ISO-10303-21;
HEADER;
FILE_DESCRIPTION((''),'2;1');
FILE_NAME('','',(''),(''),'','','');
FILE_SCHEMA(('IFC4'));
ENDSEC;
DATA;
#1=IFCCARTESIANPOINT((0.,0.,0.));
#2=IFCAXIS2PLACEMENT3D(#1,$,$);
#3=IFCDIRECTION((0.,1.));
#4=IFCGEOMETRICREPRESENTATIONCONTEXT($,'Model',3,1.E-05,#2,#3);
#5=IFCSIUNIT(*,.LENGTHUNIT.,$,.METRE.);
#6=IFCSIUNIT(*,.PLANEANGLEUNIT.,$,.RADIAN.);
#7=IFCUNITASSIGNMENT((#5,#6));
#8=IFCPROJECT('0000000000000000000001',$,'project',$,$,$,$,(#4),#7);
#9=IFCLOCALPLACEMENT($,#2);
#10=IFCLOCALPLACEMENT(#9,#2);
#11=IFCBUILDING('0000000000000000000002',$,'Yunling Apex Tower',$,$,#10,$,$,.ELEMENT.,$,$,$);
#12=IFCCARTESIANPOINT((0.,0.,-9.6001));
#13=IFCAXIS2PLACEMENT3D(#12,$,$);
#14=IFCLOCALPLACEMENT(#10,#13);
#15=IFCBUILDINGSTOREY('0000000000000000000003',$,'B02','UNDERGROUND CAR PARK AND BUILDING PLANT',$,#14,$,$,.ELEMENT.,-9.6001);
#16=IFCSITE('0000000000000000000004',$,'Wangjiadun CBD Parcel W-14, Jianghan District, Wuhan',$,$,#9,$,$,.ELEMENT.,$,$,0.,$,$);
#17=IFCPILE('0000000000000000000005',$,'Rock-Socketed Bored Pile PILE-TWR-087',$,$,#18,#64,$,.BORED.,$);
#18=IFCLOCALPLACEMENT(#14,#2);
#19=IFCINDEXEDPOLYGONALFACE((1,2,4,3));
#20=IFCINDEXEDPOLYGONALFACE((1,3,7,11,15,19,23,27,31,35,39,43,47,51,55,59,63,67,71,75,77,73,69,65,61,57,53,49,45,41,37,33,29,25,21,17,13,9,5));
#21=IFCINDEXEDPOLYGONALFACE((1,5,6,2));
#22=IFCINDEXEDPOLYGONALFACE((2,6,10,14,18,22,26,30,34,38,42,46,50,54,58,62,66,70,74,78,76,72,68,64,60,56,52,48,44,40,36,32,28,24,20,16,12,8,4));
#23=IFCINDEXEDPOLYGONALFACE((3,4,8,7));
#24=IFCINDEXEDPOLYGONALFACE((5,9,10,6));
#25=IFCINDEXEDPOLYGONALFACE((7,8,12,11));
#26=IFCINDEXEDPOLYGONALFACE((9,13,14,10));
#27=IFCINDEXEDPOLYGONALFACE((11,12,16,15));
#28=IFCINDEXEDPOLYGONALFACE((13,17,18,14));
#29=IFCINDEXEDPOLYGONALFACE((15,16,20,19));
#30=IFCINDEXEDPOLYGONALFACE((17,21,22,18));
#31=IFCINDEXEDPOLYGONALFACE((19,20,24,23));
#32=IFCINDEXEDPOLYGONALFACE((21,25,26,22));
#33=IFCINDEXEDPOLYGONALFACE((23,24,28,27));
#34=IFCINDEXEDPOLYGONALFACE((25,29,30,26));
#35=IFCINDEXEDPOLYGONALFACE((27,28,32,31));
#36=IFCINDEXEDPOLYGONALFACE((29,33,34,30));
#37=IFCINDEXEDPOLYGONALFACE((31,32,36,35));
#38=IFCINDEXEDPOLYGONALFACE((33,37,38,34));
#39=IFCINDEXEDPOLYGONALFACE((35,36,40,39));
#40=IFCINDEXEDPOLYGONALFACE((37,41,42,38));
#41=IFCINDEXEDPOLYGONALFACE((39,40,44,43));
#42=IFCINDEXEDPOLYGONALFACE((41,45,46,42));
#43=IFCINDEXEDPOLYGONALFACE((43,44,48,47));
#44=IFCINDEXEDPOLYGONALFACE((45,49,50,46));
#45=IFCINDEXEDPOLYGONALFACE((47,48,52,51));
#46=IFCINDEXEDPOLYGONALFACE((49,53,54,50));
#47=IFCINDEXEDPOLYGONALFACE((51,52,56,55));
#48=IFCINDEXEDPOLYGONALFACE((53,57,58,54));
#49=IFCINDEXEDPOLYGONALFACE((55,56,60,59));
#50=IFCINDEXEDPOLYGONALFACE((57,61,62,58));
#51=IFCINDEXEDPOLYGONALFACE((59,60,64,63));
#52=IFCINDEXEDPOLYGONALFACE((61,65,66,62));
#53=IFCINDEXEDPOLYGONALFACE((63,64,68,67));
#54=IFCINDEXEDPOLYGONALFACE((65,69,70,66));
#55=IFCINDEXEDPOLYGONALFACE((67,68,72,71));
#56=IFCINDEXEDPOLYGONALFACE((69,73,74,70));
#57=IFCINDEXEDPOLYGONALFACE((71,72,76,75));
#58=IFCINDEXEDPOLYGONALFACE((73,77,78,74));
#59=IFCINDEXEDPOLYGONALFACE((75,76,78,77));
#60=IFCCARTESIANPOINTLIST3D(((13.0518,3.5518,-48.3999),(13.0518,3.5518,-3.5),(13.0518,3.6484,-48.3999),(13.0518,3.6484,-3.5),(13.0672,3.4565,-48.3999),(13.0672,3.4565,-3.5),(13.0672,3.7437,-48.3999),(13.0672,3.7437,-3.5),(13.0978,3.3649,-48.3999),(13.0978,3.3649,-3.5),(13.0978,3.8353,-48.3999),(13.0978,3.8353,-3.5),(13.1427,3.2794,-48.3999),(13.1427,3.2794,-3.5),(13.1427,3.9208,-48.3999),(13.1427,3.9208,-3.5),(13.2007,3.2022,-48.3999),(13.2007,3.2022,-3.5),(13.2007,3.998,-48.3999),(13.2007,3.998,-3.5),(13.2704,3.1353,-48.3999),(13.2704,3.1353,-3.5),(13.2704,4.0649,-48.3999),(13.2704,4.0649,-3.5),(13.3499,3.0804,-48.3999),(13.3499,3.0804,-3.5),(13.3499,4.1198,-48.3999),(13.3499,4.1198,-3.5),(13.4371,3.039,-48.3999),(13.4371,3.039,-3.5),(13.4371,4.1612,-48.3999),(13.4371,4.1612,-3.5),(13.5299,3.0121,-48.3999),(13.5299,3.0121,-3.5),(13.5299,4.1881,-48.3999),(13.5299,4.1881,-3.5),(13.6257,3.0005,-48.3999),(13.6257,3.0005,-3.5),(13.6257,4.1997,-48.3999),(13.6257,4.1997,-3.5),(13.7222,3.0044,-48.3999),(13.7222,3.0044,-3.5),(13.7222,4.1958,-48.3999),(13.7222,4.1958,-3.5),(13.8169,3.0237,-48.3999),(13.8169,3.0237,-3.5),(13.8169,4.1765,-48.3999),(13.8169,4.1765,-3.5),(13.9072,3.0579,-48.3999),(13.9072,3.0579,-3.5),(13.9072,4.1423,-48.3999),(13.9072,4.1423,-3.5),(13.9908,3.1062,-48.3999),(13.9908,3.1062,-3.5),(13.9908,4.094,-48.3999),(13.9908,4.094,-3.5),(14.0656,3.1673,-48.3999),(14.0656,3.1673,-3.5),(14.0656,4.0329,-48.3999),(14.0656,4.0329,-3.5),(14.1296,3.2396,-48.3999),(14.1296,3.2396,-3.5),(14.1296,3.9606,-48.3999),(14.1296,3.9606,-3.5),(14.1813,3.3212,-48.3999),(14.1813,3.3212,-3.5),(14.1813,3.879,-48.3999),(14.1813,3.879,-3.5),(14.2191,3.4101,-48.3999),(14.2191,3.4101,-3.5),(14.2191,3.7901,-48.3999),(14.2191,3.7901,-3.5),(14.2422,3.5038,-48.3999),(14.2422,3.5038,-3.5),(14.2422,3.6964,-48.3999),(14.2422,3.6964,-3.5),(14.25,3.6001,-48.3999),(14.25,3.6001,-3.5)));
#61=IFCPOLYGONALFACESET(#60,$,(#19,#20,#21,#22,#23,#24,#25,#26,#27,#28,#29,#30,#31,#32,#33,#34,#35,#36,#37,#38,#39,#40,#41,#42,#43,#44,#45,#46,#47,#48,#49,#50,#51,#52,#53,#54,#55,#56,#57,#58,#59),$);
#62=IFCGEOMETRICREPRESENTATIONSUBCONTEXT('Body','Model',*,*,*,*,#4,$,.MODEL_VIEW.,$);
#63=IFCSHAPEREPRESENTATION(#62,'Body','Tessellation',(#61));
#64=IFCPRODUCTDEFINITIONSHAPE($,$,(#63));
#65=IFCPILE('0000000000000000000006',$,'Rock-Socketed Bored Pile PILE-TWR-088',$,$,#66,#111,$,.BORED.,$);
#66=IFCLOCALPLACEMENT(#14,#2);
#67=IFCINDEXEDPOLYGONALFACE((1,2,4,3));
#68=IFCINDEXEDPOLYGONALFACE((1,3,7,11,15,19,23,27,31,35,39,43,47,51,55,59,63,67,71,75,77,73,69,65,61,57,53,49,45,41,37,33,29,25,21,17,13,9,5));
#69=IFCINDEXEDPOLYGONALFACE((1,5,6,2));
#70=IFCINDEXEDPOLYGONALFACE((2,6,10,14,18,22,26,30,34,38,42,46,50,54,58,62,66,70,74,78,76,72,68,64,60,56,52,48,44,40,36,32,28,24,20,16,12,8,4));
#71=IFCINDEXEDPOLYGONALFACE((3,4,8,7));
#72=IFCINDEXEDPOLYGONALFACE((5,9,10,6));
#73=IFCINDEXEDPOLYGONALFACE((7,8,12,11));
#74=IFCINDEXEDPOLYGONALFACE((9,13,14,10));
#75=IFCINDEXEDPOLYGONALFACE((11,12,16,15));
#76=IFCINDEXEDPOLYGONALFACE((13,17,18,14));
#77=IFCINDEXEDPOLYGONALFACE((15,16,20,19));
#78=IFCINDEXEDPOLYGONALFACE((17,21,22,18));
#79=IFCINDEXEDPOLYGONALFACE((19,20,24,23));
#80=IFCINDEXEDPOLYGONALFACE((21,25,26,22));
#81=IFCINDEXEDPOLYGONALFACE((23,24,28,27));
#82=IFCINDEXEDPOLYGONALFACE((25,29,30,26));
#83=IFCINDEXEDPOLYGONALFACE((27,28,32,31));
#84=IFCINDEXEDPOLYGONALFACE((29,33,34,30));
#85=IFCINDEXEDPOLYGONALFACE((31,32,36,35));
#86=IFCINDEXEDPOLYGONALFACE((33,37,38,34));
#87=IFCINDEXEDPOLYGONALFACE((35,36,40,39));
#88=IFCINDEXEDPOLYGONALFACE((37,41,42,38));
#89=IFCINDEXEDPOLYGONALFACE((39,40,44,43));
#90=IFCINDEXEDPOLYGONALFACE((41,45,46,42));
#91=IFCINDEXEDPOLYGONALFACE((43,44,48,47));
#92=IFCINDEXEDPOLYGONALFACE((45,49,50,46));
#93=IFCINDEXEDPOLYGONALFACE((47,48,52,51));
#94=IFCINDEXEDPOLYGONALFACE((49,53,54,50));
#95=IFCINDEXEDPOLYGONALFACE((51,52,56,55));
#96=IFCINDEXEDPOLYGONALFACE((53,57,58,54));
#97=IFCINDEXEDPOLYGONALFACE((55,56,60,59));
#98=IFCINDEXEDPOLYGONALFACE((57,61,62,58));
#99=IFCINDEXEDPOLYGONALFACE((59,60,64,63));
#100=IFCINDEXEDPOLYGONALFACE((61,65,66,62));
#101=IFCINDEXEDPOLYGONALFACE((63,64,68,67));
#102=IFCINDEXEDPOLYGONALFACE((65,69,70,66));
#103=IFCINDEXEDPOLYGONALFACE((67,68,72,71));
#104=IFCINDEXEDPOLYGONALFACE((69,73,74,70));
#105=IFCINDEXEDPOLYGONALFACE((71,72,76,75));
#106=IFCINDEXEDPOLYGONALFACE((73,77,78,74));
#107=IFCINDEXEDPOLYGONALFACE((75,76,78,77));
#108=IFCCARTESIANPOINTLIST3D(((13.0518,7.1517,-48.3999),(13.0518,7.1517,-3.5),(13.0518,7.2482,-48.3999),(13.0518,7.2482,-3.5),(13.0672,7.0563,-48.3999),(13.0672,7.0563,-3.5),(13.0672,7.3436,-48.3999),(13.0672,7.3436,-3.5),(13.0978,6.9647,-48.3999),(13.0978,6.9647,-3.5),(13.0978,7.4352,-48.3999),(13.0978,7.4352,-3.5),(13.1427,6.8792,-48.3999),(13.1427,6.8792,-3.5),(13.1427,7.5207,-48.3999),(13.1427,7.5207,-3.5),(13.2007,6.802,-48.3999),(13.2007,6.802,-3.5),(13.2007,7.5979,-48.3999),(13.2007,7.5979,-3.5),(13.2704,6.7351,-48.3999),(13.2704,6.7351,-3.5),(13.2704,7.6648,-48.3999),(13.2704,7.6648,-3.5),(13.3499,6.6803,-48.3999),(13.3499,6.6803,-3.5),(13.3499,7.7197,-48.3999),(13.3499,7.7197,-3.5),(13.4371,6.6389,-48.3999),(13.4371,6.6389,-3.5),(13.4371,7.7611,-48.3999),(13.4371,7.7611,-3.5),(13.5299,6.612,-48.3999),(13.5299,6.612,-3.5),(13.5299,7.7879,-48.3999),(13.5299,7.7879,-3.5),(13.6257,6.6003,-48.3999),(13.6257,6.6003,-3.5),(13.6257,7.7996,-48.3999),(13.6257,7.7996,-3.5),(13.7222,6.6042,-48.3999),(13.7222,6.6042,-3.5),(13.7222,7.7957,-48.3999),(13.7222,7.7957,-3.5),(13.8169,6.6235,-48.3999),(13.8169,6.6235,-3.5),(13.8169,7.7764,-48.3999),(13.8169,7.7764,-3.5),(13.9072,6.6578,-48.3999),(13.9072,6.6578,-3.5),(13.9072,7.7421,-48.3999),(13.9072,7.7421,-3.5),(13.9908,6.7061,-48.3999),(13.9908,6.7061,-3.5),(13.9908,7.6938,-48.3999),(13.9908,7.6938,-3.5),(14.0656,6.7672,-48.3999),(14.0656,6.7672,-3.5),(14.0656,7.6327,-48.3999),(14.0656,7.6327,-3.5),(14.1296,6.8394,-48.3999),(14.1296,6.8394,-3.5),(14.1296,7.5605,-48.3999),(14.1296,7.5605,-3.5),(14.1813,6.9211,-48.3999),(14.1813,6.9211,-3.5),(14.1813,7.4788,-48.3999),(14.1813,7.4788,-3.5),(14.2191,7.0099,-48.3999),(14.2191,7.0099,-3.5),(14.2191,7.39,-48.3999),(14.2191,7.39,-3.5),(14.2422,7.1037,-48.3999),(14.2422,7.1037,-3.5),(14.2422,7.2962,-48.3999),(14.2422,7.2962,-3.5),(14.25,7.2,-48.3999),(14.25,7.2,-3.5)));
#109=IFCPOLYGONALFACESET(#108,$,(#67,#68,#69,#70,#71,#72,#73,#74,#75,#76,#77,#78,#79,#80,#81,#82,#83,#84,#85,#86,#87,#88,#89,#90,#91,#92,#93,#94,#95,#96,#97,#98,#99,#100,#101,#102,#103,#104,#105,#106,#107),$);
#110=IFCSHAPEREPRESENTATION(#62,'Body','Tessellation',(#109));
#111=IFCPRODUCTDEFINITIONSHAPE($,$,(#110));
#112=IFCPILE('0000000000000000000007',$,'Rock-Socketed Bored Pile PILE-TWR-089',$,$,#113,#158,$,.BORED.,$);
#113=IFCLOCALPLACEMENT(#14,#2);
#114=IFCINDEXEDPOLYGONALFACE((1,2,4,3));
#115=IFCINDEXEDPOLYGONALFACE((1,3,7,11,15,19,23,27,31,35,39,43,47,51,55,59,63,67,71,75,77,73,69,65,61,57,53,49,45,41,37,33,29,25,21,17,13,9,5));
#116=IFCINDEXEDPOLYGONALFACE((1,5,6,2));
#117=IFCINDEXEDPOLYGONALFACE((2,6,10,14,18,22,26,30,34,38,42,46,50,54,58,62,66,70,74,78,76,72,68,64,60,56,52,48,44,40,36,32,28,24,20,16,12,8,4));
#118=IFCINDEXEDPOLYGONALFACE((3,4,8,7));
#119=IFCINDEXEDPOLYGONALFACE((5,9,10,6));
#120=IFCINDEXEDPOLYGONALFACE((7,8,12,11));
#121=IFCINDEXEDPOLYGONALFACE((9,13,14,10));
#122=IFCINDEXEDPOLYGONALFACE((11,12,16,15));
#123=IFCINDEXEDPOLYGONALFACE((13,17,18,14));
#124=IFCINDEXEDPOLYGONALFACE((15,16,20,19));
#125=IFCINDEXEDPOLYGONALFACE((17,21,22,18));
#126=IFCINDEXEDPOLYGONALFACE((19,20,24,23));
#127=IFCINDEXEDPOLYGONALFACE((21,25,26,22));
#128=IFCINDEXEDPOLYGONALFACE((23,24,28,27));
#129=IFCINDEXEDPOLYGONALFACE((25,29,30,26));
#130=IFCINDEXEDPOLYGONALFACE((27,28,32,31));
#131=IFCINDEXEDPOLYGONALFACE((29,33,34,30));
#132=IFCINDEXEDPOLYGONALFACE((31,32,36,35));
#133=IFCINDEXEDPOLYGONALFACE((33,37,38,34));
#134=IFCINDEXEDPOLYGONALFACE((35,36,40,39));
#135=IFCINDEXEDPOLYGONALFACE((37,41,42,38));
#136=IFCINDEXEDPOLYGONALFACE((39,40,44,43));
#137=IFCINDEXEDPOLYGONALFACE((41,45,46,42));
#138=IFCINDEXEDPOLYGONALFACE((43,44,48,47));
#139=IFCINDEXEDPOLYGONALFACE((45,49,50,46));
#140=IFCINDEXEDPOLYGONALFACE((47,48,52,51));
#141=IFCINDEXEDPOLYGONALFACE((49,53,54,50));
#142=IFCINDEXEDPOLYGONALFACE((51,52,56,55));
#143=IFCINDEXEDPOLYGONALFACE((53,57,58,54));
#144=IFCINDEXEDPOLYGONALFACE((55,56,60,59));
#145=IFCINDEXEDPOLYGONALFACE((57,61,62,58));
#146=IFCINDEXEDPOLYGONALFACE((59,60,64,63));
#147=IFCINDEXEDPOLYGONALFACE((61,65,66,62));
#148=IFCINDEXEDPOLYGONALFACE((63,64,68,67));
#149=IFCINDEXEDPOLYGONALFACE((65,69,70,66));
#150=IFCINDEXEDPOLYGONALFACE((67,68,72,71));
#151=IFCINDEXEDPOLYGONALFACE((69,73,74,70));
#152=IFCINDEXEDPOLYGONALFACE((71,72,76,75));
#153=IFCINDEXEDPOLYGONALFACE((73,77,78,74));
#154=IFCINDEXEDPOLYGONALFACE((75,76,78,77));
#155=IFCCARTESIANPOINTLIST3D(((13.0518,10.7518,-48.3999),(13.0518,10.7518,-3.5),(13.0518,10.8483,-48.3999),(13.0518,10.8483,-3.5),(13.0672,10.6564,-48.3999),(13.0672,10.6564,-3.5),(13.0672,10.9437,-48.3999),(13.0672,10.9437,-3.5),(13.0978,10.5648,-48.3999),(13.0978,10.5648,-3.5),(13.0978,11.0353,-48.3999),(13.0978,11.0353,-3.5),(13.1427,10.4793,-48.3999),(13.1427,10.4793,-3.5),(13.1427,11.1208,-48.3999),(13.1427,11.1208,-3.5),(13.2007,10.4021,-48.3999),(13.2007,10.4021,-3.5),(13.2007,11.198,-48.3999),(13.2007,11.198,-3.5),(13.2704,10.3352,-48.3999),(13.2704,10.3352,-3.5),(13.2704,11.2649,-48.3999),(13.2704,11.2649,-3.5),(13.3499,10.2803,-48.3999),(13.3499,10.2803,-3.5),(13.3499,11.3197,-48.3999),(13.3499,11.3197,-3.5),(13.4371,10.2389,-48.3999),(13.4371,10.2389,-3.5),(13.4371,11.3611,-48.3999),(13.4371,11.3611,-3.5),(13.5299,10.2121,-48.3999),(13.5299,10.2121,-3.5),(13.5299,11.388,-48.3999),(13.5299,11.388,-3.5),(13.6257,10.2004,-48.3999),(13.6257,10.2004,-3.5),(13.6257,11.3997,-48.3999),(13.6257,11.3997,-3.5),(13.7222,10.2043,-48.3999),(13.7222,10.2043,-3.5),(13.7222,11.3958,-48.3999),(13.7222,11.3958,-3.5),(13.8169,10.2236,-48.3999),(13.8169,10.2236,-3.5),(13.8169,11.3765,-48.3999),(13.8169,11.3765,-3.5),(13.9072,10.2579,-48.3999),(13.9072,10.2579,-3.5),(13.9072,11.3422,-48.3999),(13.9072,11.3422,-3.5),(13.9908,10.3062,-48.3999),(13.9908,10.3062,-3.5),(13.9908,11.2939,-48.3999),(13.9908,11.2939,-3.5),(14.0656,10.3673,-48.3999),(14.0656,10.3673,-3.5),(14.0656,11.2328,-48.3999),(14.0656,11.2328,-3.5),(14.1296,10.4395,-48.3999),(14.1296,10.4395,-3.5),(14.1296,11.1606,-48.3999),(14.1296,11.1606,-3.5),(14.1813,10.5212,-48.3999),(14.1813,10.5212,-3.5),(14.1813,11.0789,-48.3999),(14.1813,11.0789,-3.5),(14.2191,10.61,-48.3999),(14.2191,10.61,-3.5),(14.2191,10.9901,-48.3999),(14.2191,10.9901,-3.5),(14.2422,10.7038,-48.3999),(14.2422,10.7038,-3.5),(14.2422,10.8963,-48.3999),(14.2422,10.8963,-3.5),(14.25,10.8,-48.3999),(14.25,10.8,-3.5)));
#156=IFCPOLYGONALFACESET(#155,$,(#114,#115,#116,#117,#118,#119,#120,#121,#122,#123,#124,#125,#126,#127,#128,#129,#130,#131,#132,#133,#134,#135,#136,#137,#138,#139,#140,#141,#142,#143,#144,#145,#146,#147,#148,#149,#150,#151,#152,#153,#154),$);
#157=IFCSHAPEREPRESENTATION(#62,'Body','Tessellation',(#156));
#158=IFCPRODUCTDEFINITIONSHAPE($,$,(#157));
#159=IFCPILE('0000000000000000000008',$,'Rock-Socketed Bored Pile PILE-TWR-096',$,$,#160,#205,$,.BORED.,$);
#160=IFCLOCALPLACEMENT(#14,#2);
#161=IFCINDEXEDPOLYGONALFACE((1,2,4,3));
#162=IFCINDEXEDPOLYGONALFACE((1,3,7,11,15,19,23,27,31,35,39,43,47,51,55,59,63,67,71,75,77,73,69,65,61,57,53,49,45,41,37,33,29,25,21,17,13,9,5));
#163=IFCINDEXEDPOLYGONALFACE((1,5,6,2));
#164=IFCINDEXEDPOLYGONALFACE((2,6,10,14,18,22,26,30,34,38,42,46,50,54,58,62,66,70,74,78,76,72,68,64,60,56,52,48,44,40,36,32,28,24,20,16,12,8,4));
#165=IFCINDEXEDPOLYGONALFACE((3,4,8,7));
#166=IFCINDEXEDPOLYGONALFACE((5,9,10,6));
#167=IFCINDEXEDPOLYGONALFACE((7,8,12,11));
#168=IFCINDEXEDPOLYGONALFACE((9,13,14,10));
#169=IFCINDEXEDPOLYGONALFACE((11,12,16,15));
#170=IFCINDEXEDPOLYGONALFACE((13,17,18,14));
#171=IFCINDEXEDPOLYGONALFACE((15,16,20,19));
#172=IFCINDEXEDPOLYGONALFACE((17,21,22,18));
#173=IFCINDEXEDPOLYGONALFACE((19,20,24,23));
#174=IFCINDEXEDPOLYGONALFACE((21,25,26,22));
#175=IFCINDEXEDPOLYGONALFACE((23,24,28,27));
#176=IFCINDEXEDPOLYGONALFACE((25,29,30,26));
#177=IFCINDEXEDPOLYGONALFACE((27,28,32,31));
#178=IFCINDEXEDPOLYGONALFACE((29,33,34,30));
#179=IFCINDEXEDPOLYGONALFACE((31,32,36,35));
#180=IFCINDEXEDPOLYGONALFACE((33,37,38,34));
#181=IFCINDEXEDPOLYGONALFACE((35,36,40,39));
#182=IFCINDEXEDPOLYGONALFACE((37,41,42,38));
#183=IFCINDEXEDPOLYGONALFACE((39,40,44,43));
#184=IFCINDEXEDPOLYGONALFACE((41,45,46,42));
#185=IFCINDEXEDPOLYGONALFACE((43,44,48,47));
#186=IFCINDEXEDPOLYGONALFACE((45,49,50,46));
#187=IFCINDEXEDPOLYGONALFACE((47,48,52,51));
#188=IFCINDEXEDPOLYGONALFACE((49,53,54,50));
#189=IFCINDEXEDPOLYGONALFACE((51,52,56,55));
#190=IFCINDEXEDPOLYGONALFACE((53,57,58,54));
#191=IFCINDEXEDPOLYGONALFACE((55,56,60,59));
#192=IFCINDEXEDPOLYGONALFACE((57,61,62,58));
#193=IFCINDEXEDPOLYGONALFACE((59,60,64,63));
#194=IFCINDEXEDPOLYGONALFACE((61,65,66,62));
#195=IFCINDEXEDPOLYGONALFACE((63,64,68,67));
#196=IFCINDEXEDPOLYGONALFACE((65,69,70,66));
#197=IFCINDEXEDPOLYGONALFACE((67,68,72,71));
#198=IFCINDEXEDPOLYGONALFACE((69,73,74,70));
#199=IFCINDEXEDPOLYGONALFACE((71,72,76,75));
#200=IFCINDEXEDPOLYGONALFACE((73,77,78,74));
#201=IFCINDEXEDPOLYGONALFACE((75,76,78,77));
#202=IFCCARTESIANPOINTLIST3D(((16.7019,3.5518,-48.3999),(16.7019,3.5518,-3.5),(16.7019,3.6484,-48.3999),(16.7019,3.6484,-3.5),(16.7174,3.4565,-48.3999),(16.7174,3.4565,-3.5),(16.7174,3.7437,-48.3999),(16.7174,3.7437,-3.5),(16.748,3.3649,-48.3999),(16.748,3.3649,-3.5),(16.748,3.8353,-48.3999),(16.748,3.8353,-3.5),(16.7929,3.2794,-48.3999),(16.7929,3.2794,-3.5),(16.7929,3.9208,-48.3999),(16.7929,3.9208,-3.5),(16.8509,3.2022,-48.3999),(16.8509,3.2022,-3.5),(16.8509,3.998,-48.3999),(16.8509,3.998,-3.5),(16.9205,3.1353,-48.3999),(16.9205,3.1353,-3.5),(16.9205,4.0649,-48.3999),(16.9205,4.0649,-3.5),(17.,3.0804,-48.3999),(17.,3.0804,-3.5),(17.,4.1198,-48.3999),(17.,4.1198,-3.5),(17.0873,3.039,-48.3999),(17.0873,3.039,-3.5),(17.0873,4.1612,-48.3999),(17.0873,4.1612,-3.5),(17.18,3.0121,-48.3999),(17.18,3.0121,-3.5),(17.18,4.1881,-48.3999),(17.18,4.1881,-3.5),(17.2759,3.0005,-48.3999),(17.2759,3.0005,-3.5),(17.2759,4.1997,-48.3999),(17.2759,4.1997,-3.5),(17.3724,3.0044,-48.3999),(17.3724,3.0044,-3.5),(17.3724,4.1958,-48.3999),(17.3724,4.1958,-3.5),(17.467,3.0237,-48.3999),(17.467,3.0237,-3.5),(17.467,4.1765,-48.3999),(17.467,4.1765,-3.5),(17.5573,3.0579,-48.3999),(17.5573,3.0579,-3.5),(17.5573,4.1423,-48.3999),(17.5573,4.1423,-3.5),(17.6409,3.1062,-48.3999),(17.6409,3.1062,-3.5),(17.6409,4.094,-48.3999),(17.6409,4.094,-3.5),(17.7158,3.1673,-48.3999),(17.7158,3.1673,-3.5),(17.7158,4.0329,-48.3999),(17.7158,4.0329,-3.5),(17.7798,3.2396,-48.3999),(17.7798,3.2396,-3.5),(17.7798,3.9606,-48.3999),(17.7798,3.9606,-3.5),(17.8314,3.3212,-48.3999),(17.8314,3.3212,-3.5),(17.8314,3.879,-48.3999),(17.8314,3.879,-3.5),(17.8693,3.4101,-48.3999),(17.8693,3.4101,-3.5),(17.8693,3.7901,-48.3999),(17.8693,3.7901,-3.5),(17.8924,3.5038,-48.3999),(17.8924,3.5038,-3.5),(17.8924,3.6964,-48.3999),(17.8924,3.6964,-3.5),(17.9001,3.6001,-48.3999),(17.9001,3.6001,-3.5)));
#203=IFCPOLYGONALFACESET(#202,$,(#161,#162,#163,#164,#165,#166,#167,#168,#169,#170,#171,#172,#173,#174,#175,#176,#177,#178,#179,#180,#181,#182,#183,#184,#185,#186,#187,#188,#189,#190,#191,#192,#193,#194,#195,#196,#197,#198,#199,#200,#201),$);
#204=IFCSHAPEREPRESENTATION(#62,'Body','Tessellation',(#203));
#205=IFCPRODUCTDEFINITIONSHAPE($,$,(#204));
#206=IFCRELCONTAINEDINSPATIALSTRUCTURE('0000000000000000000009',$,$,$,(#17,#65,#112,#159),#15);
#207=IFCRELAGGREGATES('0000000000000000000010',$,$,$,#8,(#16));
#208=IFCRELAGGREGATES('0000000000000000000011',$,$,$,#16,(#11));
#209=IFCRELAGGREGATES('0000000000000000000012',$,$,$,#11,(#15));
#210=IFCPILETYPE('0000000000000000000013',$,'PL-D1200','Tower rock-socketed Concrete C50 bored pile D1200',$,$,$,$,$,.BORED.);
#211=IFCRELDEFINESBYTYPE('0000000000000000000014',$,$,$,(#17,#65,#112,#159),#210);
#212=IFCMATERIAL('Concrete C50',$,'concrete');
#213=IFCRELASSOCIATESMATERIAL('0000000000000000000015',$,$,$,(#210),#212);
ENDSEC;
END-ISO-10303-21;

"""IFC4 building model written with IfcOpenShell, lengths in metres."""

from ifc_helpers import new_model, si_unit, direction, frame, origin, origin_2d, place, context, subcontext, project, spatial, circle, extrude, source, transform, mapped, material, material_profile, profile_set, type_object, element, save


model = new_model("IFC4")

# Units and contexts
model_context = context("Model", 3, precision=1e-05, world=origin(), true_north=direction((0.0, 1.0)))
body_context = subcontext(model_context, "Body", "Model", "MODEL_VIEW")
ifc_project = project(units=[si_unit("LENGTHUNIT", "METRE"), si_unit("PLANEANGLEUNIT", "RADIAN")], contexts=[model_context])

# Site, building, storey
site_placement = place(None, origin())
site = spatial("IfcSite", under=ifc_project, at=site_placement, Name="Wangjiadun CBD Parcel W-14, Jianghan District, Wuhan", CompositionType="ELEMENT", RefElevation=0.0)
building_placement = place(site_placement, origin())
building = spatial("IfcBuilding", under=site, at=building_placement, Name="Yunling Apex Tower", CompositionType="ELEMENT")
storey_placement = place(building_placement, frame((0.0, 0.0, -9.6001)))
storey = spatial("IfcBuildingStorey", under=building, at=storey_placement, Name="B02", Description="UNDERGROUND CAR PARK AND BUILDING PLANT", CompositionType="ELEMENT", Elevation=-9.6001)

# Piles
ifc_material_1 = material(Name="Concrete C50", Category="concrete")
ifc_material_profile_1 = material_profile(ifc_material_1, circle(Radius=0.6001, at=origin_2d()))
ifc_profile_set_1 = profile_set([ifc_material_profile_1], Name="Concrete C50")
pile_type = type_object("IfcPileType", Name="PL-D1200", Description="Tower rock-socketed Concrete C50 bored pile D1200", PredefinedType="BORED", material=ifc_profile_set_1)
shared_shape_1 = source(origin(), body_context, "Body", "SweptSolid", [
    extrude(circle(Radius=0.6001, at=origin_2d()), origin(), (0.0, 0.0, 1.0), 44.8999),
])
for number, where, z_axis, x_axis, name in (
    (1, (13.6499, 3.6001, -3.5), (0.0, 0.0, -1.0), (1.0, 0.0, 0.0), "Rock-Socketed Bored Pile PILE-TWR-087"),
    (2, (13.6499, 7.2, -3.5), (0.0, 0.0, -1.0), (1.0, 0.0, 0.0), "Rock-Socketed Bored Pile PILE-TWR-088"),
    (3, (13.6499, 10.8, -3.5), (0.0, 0.0, -1.0), (1.0, 0.0, 0.0), "Rock-Socketed Bored Pile PILE-TWR-089"),
    (4, (17.3, 3.6001, -3.5), (0.0, 0.0, -1.0), (1.0, 0.0, 0.0), "Rock-Socketed Bored Pile PILE-TWR-096"),
):
    element("IfcPile", number, at=place(storey_placement, frame(where, z_axis=z_axis, x_axis=x_axis)), inside=storey, type_object=pile_type, Name=name, PredefinedType="BORED", context=body_context, shape_type="MappedRepresentation", body=[
        mapped(shared_shape_1, transform((0.0, 0.0, 0.0), scale=1.0)),
    ])

save(model, "model.ifc")
